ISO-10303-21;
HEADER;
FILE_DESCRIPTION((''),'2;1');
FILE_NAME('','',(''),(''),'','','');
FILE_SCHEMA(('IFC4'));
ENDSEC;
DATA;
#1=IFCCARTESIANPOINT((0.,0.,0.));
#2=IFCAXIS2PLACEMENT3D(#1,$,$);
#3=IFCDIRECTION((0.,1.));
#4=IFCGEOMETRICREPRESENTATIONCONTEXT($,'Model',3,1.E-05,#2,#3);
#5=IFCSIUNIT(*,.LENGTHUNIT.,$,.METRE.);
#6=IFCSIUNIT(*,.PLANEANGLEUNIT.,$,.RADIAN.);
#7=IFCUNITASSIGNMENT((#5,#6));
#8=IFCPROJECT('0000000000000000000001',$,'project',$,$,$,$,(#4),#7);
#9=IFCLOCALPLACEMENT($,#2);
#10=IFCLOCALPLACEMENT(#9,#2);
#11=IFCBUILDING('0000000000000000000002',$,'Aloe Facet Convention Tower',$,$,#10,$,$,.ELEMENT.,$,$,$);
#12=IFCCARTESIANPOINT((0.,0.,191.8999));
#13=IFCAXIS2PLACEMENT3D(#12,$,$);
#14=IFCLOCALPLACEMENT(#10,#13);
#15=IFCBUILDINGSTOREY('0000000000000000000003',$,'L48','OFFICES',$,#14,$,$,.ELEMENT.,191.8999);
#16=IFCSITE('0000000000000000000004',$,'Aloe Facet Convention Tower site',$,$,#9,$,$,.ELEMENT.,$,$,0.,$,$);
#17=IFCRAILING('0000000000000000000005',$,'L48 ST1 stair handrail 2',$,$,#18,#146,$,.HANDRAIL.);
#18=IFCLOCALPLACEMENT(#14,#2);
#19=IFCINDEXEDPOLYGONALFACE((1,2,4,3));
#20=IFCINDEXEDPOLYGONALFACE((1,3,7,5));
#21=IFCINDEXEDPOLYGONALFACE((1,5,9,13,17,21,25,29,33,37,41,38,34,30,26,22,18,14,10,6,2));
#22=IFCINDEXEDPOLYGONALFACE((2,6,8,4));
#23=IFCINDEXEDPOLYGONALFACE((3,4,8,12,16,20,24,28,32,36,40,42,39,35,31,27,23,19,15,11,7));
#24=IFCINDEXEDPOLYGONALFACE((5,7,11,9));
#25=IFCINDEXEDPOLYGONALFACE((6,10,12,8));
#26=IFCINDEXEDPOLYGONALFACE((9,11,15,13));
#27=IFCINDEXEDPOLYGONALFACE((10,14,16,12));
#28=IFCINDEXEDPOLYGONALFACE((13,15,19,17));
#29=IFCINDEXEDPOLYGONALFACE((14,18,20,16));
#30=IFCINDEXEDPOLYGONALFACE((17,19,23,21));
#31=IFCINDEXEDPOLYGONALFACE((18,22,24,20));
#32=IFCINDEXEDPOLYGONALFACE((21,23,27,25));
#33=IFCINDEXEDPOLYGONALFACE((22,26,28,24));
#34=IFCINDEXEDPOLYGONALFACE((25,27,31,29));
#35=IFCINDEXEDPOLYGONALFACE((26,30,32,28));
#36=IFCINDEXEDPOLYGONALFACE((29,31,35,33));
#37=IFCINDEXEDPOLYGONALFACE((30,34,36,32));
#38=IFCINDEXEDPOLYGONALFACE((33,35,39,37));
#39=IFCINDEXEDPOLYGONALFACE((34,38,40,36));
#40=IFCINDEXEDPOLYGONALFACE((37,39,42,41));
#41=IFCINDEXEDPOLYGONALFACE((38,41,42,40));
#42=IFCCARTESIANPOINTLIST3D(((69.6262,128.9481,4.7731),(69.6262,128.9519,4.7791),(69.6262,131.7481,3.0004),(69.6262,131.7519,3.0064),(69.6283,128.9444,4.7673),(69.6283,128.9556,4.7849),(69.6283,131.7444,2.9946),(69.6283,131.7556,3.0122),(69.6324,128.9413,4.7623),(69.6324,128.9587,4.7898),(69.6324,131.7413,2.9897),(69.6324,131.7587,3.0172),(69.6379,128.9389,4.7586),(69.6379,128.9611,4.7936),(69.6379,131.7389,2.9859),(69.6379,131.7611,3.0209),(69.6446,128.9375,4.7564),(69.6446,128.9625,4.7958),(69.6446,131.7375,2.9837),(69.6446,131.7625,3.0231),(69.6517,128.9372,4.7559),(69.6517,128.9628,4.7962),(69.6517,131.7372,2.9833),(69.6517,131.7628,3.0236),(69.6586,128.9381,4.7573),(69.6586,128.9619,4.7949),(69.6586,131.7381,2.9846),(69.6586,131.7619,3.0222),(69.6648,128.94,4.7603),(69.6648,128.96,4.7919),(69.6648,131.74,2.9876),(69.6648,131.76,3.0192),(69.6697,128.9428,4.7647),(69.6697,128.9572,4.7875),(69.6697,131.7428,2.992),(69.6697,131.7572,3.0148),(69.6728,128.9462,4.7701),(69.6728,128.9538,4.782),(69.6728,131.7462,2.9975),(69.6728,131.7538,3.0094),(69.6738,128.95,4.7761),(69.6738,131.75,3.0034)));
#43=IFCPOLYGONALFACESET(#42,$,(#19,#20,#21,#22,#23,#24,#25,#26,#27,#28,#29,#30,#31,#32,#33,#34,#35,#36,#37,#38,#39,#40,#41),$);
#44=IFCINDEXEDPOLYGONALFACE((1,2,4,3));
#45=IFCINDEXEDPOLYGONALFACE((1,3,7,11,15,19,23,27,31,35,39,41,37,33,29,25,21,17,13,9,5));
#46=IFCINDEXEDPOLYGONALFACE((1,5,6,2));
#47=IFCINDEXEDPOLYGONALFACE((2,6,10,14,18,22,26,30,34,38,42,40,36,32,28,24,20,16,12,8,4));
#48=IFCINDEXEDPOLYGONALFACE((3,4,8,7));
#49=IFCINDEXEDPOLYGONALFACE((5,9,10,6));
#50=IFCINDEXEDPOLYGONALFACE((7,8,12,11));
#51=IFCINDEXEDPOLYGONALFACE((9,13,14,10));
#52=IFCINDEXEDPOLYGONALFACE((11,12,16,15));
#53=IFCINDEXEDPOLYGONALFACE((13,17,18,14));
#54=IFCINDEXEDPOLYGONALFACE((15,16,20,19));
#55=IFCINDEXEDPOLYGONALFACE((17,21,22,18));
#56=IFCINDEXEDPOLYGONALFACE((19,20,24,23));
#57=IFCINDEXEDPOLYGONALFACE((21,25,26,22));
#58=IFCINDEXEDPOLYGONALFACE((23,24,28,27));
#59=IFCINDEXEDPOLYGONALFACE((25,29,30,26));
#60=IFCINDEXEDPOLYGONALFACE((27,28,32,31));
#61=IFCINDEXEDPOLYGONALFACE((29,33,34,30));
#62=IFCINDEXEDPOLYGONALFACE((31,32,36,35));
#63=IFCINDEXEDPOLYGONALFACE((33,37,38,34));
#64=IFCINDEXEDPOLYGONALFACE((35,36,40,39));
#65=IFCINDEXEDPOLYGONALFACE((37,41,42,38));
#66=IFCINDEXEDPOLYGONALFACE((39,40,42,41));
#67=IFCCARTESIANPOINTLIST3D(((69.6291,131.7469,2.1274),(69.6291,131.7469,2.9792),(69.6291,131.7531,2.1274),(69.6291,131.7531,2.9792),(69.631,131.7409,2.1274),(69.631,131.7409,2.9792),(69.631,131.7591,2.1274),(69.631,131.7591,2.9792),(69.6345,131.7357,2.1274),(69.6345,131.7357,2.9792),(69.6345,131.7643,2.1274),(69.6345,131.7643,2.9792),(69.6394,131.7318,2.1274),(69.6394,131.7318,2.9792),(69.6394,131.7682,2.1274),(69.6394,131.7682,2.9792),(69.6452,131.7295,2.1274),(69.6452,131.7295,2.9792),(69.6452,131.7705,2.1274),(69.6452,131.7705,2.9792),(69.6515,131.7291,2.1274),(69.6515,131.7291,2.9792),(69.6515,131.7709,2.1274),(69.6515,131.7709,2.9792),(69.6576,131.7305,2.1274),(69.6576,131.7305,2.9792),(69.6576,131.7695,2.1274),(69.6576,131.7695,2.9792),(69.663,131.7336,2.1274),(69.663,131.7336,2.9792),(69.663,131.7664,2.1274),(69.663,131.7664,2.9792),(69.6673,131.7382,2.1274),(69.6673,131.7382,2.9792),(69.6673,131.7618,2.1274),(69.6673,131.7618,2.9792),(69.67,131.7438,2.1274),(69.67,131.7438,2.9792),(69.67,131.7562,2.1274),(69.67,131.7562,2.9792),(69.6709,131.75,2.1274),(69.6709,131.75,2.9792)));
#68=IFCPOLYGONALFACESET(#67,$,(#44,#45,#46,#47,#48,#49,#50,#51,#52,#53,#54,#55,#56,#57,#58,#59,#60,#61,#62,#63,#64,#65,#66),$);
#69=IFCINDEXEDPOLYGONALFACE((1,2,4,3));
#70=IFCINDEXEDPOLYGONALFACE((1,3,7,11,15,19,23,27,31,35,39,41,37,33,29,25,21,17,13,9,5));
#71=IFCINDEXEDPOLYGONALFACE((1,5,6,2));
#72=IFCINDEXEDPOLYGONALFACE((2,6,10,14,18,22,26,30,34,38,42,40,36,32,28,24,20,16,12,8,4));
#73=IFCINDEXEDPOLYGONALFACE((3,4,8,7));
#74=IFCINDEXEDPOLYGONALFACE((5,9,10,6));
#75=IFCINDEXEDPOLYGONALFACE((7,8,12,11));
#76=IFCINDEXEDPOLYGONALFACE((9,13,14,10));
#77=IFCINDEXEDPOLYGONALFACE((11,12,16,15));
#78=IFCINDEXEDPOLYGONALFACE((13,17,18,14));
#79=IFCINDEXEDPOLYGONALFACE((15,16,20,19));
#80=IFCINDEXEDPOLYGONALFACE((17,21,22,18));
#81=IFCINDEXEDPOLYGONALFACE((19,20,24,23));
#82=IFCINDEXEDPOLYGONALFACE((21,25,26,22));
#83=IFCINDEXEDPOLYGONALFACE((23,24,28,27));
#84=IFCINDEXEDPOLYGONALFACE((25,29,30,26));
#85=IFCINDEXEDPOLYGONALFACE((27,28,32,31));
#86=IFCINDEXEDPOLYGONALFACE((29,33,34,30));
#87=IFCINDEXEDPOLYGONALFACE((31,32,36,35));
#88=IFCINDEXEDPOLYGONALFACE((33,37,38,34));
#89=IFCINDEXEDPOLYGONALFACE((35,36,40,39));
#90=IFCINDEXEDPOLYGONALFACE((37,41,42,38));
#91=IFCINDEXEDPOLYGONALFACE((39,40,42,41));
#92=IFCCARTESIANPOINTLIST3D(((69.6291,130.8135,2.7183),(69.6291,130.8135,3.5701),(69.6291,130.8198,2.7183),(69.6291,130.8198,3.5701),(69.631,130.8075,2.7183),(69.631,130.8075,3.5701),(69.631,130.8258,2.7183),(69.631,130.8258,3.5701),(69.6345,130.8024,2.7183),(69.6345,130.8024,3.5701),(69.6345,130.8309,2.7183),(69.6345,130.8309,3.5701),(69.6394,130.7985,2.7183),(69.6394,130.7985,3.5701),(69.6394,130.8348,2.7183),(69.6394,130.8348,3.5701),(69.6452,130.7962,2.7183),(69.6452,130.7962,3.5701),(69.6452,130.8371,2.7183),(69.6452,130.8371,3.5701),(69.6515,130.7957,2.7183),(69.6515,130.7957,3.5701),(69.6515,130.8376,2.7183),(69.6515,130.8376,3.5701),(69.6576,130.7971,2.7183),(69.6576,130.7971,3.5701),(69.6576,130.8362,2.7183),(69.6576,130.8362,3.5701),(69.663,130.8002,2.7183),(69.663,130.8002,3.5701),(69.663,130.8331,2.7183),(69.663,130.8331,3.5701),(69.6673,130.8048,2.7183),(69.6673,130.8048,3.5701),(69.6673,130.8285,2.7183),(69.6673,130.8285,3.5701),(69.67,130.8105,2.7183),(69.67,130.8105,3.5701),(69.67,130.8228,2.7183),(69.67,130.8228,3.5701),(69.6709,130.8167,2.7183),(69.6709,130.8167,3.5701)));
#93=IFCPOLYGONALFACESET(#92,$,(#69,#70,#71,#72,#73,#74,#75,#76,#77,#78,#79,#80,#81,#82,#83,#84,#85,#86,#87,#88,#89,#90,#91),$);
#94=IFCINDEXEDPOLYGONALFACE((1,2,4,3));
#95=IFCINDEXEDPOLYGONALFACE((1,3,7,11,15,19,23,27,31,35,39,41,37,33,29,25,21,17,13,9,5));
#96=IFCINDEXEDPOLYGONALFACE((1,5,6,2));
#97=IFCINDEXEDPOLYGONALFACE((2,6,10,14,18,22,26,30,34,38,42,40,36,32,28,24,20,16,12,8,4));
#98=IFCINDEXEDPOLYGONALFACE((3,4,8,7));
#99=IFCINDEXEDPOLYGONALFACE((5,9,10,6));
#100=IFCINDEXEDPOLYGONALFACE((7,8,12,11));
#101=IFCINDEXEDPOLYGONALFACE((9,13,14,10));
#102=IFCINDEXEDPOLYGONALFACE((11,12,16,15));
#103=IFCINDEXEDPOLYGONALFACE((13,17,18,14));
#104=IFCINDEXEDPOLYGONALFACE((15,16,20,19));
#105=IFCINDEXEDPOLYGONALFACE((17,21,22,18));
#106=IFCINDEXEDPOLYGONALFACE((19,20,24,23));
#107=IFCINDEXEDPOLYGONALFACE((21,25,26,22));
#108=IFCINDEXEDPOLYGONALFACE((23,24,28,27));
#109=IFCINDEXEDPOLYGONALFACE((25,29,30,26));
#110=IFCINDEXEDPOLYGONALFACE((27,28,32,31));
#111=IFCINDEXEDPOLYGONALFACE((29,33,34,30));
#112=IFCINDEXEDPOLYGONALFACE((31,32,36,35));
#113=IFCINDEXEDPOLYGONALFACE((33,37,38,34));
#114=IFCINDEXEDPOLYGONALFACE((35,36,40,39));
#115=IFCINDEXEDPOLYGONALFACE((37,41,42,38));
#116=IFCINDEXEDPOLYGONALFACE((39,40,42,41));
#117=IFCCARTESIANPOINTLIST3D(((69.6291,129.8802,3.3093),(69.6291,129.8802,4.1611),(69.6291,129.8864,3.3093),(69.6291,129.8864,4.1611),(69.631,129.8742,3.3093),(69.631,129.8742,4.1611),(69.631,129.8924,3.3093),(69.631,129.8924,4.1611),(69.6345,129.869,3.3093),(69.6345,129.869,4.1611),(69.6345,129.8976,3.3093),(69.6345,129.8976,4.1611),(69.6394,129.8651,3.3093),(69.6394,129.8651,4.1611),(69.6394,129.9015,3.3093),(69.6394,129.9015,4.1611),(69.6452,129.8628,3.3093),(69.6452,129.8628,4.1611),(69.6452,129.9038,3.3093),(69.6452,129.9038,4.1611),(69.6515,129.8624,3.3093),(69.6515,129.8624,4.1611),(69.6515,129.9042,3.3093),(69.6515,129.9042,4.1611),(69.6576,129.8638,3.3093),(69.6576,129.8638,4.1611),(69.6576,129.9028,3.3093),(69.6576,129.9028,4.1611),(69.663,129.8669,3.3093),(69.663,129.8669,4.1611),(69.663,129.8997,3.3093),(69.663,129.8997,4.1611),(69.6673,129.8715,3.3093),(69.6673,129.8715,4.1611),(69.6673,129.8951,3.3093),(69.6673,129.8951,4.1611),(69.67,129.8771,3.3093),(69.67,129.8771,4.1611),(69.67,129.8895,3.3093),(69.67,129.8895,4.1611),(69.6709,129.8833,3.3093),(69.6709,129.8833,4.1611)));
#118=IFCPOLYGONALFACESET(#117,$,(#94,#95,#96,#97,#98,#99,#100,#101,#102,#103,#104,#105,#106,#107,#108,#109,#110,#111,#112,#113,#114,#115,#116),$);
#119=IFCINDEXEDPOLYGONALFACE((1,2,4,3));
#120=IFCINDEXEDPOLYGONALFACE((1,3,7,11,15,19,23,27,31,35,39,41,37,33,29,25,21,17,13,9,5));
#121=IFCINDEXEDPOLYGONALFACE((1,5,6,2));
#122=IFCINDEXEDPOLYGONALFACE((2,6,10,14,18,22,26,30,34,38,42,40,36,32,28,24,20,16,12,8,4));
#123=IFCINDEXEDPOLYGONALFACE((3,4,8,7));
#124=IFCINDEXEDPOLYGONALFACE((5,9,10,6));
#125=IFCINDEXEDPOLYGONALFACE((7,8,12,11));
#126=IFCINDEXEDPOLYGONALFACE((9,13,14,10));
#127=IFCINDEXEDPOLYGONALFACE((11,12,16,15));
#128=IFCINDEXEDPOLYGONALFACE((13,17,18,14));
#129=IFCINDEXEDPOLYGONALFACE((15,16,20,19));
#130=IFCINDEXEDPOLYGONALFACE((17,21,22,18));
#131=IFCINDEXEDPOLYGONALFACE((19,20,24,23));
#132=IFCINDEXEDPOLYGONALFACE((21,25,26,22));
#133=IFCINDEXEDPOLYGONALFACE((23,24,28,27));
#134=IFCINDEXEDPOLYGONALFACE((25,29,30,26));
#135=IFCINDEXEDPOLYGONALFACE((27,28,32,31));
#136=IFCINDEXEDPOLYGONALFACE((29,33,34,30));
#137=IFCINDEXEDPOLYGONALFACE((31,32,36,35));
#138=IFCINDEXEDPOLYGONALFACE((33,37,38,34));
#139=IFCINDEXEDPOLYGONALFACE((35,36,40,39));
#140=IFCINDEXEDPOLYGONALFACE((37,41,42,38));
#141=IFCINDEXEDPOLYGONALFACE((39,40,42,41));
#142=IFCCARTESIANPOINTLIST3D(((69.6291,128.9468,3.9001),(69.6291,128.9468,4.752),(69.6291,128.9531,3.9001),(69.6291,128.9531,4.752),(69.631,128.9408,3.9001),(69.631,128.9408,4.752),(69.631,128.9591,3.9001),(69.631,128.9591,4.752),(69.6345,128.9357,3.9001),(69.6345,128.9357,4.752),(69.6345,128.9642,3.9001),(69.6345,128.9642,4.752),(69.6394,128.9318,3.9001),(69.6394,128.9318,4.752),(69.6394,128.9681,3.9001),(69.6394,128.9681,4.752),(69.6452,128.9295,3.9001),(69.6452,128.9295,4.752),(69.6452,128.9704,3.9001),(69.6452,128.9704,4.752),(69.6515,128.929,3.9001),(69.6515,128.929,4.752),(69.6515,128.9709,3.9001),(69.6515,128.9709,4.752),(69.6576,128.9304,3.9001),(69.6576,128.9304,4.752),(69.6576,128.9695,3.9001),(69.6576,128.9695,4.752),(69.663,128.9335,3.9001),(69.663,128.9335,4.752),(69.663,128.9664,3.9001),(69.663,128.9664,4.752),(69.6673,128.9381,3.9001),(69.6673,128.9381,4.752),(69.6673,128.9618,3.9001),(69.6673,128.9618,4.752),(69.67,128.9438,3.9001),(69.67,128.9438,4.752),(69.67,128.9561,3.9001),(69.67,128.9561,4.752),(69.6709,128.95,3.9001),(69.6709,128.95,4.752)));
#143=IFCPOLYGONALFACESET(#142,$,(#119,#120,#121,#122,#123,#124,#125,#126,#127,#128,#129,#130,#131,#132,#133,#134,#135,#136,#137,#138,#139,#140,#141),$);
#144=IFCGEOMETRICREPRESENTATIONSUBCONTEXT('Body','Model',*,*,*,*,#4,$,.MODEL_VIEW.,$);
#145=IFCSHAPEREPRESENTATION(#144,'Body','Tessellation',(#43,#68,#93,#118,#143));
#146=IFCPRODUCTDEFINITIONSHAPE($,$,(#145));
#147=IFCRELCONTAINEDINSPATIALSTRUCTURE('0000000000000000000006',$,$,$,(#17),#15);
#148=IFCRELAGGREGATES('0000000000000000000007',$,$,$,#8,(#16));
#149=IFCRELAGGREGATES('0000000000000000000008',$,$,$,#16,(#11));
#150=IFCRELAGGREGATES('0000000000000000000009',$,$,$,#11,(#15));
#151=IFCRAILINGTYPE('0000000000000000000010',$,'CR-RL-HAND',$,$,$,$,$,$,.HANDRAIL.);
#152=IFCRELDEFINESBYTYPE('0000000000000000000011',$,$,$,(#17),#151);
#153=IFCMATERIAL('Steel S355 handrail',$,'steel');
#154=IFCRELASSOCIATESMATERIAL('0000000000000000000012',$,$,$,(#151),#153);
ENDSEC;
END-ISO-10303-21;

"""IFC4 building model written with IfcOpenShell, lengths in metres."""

from ifc_helpers import new_model, si_unit, direction, frame, origin, origin_2d, place, context, subcontext, project, spatial, circle, extrude, material, type_object, element, save


model = new_model("IFC4")

# Units and contexts
model_context = context("Model", 3, precision=1e-05, world=origin(), true_north=direction((0.0, 1.0)))
body_context = subcontext(model_context, "Body", "Model", "MODEL_VIEW")
ifc_project = project(units=[si_unit("LENGTHUNIT", "METRE"), si_unit("PLANEANGLEUNIT", "RADIAN")], contexts=[model_context])

# Site, building, storey
site_placement = place(None, origin())
site = spatial("IfcSite", under=ifc_project, at=site_placement, Name="Aloe Facet Convention Tower site", CompositionType="ELEMENT", RefElevation=0.0)
building_placement = place(site_placement, origin())
building = spatial("IfcBuilding", under=site, at=building_placement, Name="Aloe Facet Convention Tower", CompositionType="ELEMENT")
storey_placement = place(building_placement, frame((0.0, 0.0, 191.8999)))
storey = spatial("IfcBuildingStorey", under=building, at=storey_placement, Name="L48", Description="OFFICES", CompositionType="ELEMENT", Elevation=191.8999)

# Railing
ifc_material_1 = material(Name="Steel S355 handrail", Category="steel")
railing_type_1 = type_object("IfcRailingType", Name="CR-RL-HAND", PredefinedType="HANDRAIL", material=ifc_material_1)
railing_1_placement = place(storey_placement, frame((69.6499, 131.75, 2.1274)))
element("IfcRailing", 1, at=railing_1_placement, inside=storey, type_object=railing_type_1, Name="L48 ST1 stair handrail 2", PredefinedType="HANDRAIL", context=body_context, shape_type="SweptSolid", body=[
    extrude(circle(Radius=0.0239, at=origin_2d()), frame((0.0, 0.0, 0.876), z_axis=(0.0, -0.844909, 0.53491), x_axis=(1.0, 0.0, 0.0)), (0.0, 0.0, 1.0), 3.314),
    extrude(circle(Radius=0.021, at=origin_2d()), origin(), (0.0, 0.0, 1.0), 0.8518),
    extrude(circle(Radius=0.021, at=origin_2d()), frame((0.0, -0.9333, 0.5908)), (0.0, 0.0, 1.0), 0.8518),
    extrude(circle(Radius=0.021, at=origin_2d()), frame((0.0, -1.8667, 1.1819)), (0.0, 0.0, 1.0), 0.8518),
    extrude(circle(Radius=0.021, at=origin_2d()), frame((0.0, -2.8, 1.7727)), (0.0, 0.0, 1.0), 0.8518),
])

save(model, "model.ifc")
